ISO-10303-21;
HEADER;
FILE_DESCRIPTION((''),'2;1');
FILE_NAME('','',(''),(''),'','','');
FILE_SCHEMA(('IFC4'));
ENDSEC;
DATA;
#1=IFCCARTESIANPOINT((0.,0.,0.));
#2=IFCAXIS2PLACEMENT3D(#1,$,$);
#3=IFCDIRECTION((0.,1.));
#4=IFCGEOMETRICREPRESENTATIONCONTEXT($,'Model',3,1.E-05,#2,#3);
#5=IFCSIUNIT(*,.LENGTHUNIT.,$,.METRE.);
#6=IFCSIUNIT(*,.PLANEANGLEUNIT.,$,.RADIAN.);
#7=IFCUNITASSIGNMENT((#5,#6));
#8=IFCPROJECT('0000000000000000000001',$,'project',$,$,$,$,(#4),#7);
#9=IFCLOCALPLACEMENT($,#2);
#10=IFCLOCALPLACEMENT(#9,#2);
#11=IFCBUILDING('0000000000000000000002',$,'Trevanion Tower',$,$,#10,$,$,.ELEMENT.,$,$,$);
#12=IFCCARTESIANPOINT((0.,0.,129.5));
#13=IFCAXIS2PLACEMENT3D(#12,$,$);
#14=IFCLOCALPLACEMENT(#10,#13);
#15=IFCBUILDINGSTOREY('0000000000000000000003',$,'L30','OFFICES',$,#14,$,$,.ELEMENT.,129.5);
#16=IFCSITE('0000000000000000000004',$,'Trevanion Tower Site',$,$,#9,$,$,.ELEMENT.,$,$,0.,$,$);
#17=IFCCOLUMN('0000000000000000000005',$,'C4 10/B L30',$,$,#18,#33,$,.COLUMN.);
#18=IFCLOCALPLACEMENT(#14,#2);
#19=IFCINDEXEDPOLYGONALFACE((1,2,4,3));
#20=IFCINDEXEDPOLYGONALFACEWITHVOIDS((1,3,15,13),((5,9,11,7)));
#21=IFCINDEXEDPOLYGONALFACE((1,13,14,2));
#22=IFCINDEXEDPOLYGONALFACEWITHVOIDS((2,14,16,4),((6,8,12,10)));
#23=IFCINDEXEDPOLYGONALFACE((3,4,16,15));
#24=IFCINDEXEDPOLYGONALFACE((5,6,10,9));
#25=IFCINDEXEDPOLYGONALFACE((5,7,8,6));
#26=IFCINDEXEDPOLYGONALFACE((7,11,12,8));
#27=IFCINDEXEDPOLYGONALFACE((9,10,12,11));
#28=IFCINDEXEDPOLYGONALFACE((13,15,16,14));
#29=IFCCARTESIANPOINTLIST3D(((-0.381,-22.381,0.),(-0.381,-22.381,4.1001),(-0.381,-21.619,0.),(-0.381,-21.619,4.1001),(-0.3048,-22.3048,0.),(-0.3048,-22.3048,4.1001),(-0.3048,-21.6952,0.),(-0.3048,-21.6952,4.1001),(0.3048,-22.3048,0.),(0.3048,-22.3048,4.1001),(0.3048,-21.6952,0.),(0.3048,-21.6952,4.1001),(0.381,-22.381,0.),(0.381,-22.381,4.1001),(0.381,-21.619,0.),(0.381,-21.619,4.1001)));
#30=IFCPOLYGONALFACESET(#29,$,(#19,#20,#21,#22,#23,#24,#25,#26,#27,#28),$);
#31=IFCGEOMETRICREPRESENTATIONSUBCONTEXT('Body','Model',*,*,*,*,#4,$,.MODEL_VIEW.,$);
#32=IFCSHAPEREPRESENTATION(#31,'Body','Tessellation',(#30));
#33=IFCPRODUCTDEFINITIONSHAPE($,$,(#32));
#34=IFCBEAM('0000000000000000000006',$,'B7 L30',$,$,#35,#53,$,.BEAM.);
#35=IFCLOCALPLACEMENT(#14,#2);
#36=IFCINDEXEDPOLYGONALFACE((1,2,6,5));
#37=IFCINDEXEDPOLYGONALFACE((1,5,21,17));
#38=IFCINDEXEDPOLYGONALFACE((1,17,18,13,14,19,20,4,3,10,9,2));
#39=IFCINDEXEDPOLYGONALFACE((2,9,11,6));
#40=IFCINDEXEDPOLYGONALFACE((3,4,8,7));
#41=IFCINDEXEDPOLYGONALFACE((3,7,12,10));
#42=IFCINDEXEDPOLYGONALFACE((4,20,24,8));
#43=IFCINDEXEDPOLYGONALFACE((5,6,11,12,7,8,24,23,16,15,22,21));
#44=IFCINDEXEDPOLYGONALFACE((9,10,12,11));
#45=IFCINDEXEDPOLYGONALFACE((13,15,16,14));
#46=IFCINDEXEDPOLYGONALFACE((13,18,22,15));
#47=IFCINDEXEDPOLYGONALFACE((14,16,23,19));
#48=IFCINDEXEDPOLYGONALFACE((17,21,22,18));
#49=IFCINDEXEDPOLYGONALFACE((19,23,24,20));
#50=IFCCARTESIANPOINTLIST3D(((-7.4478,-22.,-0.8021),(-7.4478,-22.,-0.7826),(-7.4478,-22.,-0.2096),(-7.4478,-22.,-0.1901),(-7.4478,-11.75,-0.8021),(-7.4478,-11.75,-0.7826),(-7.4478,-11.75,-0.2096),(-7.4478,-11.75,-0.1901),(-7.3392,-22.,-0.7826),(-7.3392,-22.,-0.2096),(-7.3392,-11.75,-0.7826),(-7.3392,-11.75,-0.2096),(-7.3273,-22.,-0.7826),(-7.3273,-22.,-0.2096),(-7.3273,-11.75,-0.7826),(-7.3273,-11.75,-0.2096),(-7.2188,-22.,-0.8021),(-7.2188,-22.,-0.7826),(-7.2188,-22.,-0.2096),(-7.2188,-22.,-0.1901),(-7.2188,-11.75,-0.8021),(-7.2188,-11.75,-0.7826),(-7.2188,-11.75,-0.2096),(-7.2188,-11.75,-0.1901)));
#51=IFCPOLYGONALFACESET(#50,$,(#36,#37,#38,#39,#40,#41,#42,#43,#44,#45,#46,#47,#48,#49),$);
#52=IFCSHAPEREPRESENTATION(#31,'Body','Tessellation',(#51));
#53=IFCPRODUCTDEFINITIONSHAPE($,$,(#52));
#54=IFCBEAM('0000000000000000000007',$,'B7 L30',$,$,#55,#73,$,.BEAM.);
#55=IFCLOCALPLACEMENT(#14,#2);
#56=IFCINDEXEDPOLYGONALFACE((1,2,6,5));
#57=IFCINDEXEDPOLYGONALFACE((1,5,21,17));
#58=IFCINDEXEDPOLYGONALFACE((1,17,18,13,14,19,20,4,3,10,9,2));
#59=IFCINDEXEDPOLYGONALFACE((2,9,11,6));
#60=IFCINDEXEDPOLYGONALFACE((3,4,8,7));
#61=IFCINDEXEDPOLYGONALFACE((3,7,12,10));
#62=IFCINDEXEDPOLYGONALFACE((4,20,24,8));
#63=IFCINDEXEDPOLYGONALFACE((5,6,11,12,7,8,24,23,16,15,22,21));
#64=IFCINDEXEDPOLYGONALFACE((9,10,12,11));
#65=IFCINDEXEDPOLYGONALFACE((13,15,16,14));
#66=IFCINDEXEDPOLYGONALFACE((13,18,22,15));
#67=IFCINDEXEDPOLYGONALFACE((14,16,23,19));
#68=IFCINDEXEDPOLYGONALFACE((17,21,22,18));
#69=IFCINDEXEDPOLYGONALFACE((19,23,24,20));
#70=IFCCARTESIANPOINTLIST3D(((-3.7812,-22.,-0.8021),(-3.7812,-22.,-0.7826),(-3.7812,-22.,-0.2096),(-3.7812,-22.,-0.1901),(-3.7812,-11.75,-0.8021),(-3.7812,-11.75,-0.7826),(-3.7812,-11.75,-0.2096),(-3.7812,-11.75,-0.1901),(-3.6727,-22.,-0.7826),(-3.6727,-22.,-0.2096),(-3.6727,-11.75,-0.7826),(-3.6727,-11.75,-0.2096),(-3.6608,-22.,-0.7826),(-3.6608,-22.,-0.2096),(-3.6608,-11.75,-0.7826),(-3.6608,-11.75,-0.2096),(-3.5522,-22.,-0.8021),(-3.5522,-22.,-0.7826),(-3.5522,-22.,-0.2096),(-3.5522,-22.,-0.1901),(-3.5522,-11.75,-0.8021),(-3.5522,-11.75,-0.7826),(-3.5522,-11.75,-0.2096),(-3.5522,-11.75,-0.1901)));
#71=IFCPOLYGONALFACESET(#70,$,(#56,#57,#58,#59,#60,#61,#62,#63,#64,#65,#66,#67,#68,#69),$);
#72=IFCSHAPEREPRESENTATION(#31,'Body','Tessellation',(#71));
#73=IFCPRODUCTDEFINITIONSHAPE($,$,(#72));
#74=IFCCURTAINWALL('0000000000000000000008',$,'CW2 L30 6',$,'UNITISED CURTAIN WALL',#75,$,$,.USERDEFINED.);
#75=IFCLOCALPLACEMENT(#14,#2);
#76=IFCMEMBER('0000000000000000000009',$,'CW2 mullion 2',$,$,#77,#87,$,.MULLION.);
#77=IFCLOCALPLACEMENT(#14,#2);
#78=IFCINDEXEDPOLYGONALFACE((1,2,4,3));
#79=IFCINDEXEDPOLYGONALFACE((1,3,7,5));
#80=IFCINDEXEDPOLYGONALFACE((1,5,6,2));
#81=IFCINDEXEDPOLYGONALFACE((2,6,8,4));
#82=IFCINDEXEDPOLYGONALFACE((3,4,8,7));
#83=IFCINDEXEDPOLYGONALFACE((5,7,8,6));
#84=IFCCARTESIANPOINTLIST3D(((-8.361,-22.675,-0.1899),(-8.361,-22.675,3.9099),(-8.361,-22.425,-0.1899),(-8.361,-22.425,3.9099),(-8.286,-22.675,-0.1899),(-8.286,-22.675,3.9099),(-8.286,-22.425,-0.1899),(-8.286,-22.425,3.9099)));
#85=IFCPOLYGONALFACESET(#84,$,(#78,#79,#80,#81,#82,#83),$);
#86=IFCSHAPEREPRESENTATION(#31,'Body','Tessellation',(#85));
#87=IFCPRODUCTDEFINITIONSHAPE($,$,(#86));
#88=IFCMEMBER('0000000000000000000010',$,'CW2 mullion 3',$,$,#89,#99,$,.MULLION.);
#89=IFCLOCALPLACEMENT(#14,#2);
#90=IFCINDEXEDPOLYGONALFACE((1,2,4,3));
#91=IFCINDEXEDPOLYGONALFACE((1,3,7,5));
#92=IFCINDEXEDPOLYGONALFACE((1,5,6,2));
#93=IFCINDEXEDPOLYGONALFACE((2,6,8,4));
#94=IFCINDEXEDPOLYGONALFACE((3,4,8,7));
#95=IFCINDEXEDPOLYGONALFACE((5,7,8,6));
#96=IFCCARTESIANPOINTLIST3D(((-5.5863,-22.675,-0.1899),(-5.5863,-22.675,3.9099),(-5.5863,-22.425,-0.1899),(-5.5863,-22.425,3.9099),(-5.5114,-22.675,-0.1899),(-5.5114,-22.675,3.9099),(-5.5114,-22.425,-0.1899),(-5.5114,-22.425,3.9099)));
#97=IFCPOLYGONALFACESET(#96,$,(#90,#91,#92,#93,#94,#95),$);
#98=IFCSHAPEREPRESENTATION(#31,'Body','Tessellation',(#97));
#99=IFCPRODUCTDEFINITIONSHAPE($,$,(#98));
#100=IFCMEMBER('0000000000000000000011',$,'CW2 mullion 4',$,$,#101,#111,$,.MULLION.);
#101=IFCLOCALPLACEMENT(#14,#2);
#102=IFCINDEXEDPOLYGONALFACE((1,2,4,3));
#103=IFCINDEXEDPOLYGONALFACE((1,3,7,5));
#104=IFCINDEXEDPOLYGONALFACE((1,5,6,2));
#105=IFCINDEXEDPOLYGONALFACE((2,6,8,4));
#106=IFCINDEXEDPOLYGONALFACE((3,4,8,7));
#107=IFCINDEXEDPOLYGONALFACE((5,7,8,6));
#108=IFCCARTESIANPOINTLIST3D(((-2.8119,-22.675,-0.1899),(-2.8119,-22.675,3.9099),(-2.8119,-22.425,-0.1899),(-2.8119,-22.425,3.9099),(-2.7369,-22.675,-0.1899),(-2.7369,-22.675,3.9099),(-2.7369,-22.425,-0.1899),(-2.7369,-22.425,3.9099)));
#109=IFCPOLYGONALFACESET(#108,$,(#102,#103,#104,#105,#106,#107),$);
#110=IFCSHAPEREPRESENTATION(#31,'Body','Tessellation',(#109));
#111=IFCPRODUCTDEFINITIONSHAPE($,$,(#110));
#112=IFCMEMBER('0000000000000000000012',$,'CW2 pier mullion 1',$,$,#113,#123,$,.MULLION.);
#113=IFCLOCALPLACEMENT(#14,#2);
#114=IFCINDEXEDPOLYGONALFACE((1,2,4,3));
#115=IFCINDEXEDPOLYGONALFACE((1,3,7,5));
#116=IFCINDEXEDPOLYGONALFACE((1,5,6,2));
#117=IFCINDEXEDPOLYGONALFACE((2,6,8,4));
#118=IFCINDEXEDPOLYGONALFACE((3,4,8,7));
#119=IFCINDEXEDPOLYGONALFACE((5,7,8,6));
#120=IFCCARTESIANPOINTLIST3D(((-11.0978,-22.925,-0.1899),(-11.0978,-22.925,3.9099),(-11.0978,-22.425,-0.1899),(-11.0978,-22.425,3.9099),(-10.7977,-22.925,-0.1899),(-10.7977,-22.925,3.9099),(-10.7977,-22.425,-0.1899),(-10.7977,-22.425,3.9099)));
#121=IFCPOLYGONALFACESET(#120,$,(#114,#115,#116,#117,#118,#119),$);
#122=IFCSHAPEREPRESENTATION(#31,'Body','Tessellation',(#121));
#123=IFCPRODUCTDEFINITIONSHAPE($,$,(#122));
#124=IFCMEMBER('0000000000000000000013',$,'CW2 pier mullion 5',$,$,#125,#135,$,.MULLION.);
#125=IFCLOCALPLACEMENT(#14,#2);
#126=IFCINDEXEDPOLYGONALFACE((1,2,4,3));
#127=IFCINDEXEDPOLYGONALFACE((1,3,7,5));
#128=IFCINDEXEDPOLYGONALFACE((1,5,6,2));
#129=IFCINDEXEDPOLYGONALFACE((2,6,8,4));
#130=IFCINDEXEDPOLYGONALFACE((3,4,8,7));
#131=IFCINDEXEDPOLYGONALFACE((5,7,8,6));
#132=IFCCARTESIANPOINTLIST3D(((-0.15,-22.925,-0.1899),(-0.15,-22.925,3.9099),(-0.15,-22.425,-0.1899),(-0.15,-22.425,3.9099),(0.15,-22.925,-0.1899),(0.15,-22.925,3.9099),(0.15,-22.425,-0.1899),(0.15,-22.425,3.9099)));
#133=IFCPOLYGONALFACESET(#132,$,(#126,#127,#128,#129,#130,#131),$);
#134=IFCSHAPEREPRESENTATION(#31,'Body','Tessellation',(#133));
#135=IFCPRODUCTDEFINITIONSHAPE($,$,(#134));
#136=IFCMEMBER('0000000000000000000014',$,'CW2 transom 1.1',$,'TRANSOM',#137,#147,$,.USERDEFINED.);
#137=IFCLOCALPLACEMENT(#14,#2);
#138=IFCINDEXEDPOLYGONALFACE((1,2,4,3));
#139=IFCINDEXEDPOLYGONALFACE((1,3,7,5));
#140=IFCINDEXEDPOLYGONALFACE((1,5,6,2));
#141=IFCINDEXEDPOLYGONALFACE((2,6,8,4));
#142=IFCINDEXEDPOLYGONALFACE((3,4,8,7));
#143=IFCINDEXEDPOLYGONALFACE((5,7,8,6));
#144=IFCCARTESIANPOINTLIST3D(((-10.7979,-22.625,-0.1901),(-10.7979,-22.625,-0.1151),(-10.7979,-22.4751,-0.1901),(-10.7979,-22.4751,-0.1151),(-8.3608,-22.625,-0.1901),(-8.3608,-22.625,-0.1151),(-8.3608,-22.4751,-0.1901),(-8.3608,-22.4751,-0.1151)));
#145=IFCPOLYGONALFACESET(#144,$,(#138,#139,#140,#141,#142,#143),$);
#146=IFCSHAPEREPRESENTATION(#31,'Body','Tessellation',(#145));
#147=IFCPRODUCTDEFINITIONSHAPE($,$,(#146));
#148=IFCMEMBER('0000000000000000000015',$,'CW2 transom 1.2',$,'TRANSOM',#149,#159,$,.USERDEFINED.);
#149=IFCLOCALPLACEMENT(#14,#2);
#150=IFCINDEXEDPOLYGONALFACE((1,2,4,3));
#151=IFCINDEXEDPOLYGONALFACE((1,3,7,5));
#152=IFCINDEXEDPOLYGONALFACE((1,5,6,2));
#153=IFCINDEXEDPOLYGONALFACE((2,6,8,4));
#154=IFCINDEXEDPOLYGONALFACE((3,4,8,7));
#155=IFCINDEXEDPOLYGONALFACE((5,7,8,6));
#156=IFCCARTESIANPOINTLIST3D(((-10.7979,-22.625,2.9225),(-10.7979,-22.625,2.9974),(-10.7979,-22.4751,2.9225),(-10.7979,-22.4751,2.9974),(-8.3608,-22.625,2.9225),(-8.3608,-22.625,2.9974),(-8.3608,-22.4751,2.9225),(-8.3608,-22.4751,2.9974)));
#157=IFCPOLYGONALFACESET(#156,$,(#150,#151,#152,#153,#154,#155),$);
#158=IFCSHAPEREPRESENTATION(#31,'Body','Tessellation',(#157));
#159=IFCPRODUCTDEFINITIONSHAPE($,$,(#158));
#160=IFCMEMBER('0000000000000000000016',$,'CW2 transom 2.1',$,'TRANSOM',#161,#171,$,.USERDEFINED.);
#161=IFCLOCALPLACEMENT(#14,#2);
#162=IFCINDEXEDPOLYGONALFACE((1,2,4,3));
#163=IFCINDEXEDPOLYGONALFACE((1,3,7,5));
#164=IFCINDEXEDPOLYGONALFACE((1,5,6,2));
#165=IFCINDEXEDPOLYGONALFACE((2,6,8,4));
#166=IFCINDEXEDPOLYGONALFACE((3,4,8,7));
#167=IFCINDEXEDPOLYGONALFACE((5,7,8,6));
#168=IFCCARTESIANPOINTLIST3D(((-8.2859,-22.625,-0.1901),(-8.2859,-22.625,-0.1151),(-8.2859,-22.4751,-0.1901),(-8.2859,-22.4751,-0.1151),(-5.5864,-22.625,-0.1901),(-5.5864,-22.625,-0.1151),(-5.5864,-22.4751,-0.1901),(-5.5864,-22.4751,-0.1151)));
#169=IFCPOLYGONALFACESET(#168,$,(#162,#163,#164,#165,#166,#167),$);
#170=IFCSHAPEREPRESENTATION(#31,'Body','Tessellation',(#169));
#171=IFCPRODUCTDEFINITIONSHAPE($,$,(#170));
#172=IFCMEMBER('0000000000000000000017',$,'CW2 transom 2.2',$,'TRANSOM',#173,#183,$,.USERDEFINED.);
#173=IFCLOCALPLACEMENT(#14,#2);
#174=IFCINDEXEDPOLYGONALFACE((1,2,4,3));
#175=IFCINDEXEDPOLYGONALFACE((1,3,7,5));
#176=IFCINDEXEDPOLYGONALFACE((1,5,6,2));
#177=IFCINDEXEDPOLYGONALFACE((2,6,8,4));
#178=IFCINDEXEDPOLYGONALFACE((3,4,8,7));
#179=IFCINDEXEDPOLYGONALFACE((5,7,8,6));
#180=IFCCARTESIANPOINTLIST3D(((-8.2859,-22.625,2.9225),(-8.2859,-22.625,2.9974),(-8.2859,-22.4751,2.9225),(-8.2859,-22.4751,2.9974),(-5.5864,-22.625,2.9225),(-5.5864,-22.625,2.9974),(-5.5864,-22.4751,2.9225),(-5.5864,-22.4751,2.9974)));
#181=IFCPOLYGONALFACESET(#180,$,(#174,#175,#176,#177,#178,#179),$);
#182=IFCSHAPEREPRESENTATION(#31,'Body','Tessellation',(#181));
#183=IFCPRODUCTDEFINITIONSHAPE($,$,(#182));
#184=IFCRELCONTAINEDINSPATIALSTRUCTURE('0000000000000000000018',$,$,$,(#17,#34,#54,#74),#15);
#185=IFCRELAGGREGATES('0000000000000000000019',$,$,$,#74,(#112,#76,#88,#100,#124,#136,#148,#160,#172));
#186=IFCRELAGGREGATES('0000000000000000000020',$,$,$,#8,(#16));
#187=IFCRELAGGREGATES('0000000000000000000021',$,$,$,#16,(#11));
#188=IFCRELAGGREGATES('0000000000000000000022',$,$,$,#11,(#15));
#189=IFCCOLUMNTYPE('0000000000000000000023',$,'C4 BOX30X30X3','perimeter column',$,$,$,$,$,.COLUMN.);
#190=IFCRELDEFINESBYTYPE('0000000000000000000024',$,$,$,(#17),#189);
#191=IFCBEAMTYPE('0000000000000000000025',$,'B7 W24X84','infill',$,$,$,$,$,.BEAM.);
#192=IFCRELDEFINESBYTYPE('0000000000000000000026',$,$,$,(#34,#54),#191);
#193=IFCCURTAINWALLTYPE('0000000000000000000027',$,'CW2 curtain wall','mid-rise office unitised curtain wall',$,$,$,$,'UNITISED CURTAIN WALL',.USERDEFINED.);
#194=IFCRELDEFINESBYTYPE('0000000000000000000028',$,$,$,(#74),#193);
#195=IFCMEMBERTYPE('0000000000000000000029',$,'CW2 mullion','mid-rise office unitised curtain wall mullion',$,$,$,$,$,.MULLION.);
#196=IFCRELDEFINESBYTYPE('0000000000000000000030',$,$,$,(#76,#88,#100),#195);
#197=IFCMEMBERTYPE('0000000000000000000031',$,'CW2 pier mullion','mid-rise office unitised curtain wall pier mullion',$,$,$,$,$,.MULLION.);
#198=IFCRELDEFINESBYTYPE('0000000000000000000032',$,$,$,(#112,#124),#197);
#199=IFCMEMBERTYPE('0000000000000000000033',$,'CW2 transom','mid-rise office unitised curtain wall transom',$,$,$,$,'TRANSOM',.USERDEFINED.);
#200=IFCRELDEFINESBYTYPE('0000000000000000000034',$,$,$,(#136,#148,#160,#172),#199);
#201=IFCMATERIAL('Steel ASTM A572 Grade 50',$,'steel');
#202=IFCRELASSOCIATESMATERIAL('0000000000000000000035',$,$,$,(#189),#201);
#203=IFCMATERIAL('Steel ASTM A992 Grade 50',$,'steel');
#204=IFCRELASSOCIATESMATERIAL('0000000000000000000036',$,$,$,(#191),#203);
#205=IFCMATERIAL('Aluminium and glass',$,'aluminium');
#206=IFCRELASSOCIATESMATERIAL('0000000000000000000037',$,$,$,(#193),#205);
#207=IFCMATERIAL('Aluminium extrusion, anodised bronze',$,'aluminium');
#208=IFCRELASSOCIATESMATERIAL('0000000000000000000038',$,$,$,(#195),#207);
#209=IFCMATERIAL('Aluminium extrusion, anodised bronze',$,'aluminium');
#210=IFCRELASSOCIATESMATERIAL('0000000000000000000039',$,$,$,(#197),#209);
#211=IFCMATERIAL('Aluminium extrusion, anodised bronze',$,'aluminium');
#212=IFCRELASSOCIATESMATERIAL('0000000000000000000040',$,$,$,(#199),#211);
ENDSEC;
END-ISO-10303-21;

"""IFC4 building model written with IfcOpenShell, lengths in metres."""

from ifc_helpers import new_model, si_unit, direction, frame, origin, origin_2d, place, context, subcontext, project, spatial, rectangle, hollow_rectangle, i_section, extrude, material, material_profile, profile_set, type_object, element, aggregate, save


model = new_model("IFC4")

# Units and contexts
model_context = context("Model", 3, precision=1e-05, world=origin(), true_north=direction((0.0, 1.0)))
body_context = subcontext(model_context, "Body", "Model", "MODEL_VIEW")
ifc_project = project(units=[si_unit("LENGTHUNIT", "METRE"), si_unit("PLANEANGLEUNIT", "RADIAN")], contexts=[model_context])

# Site, building, storey
site_placement = place(None, origin())
site = spatial("IfcSite", under=ifc_project, at=site_placement, Name="Trevanion Tower Site", CompositionType="ELEMENT", RefElevation=0.0)
building_placement = place(site_placement, origin())
building = spatial("IfcBuilding", under=site, at=building_placement, Name="Trevanion Tower", CompositionType="ELEMENT")
storey_placement = place(building_placement, frame((0.0, 0.0, 129.5)))
storey = spatial("IfcBuildingStorey", under=building, at=storey_placement, Name="L30", Description="OFFICES", CompositionType="ELEMENT", Elevation=129.5)

# Column
ifc_material_1 = material(Name="Steel ASTM A572 Grade 50", Category="steel")
ifc_material_profile_1 = material_profile(ifc_material_1, hollow_rectangle(XDim=0.762, YDim=0.762, WallThickness=0.0762, at=origin_2d()), Name="BOX30X30X3")
ifc_profile_set_1 = profile_set([ifc_material_profile_1], Name="Steel ASTM A572 Grade 50")
column_type = type_object("IfcColumnType", Name="C4 BOX30X30X3", Description="perimeter column", PredefinedType="COLUMN", material=ifc_profile_set_1)
column_placement = place(storey_placement, frame((0.0, -22.0, 0.0), z_axis=(0.0, 0.0, 1.0), x_axis=(1.0, 0.0, 0.0)))
element("IfcColumn", 1, at=column_placement, inside=storey, type_object=column_type, Name="C4 10/B L30", PredefinedType="COLUMN", context=body_context, shape_type="SweptSolid", body=[
    extrude(hollow_rectangle(XDim=0.762, YDim=0.762, WallThickness=0.0762, at=origin_2d()), origin(), (0.0, 0.0, 1.0), 4.1001),
])

# Beams
ifc_material_2 = material(Name="Steel ASTM A992 Grade 50", Category="steel")
ifc_material_profile_2 = material_profile(ifc_material_2, i_section(OverallWidth=0.229, OverallDepth=0.6121, WebThickness=0.012, FlangeThickness=0.0195, at=origin_2d()), Name="W24X84")
ifc_profile_set_2 = profile_set([ifc_material_profile_2], Name="Steel ASTM A992 Grade 50")
beam_type_1 = type_object("IfcBeamType", Name="B7 W24X84", Description="infill", PredefinedType="BEAM", material=ifc_profile_set_2)
for number, where, z_axis, x_axis, name in (
    (2, (-7.3333, -11.75, -0.4961), (0.0, -1.0, 0.0), (1.0, 0.0, 0.0), "B7 L30"),
    (3, (-3.6667, -11.75, -0.4961), (0.0, -1.0, 0.0), (1.0, 0.0, 0.0), "B7 L30"),
):
    element("IfcBeam", number, at=place(storey_placement, frame(where, z_axis=z_axis, x_axis=x_axis)), inside=storey, type_object=beam_type_1, Name=name, PredefinedType="BEAM", context=body_context, shape_type="SweptSolid", body=[
        extrude(i_section(OverallWidth=0.229, OverallDepth=0.6121, WebThickness=0.012, FlangeThickness=0.0195, at=origin_2d()), origin(), (0.0, 0.0, 1.0), 10.25),
    ])

# Curtain wall, members
ifc_material_3 = material(Name="Aluminium and glass", Category="aluminium")
curtain_wall_type = type_object("IfcCurtainWallType", Name="CW2 curtain wall", Description="mid-rise office unitised curtain wall", ElementType="UNITISED CURTAIN WALL", PredefinedType="USERDEFINED", material=ifc_material_3)
curtain_wall_placement = place(storey_placement, origin())
curtain_wall = element("IfcCurtainWall", 4, at=curtain_wall_placement, inside=storey, type_object=curtain_wall_type, Name="CW2 L30 6", ObjectType="UNITISED CURTAIN WALL", PredefinedType="USERDEFINED")
ifc_material_4 = material(Name="Aluminium extrusion, anodised bronze", Category="aluminium")
ifc_material_profile_3 = material_profile(ifc_material_4, rectangle(XDim=0.075, YDim=0.25, at=origin_2d()), Name="CW2 mullion")
ifc_profile_set_3 = profile_set([ifc_material_profile_3], Name="Aluminium extrusion, anodised bronze")
member_type_1 = type_object("IfcMemberType", Name="CW2 mullion", Description="mid-rise office unitised curtain wall mullion", PredefinedType="MULLION", material=ifc_profile_set_3)
member_1_placement = place(storey_placement, frame((-8.3235, -22.55, -0.1899), z_axis=(0.0, 0.0, 1.0), x_axis=(1.0, 0.0, 0.0)))
member_1 = element("IfcMember", 5, at=member_1_placement, type_object=member_type_1, Name="CW2 mullion 2", PredefinedType="MULLION", context=body_context, shape_type="SweptSolid", body=[
    extrude(rectangle(XDim=0.075, YDim=0.25, at=origin_2d()), origin(), (0.0, 0.0, 1.0), 4.0999),
])
member_2_placement = place(storey_placement, frame((-5.5488, -22.55, -0.1899), z_axis=(0.0, 0.0, 1.0), x_axis=(1.0, 0.0, 0.0)))
member_2 = element("IfcMember", 6, at=member_2_placement, type_object=member_type_1, Name="CW2 mullion 3", PredefinedType="MULLION", context=body_context, shape_type="SweptSolid", body=[
    extrude(rectangle(XDim=0.075, YDim=0.25, at=origin_2d()), origin(), (0.0, 0.0, 1.0), 4.0999),
])
member_3_placement = place(storey_placement, frame((-2.7744, -22.55, -0.1899), z_axis=(0.0, 0.0, 1.0), x_axis=(1.0, 0.0, 0.0)))
member_3 = element("IfcMember", 7, at=member_3_placement, type_object=member_type_1, Name="CW2 mullion 4", PredefinedType="MULLION", context=body_context, shape_type="SweptSolid", body=[
    extrude(rectangle(XDim=0.075, YDim=0.25, at=origin_2d()), origin(), (0.0, 0.0, 1.0), 4.0999),
])
ifc_material_5 = material(Name="Aluminium extrusion, anodised bronze", Category="aluminium")
ifc_material_profile_4 = material_profile(ifc_material_5, rectangle(XDim=0.3, YDim=0.5, at=origin_2d()), Name="CW2 pier mullion")
ifc_profile_set_4 = profile_set([ifc_material_profile_4], Name="Aluminium extrusion, anodised bronze")
member_type_2 = type_object("IfcMemberType", Name="CW2 pier mullion", Description="mid-rise office unitised curtain wall pier mullion", PredefinedType="MULLION", material=ifc_profile_set_4)
member_4_placement = place(storey_placement, frame((-10.9478, -22.675, -0.1899), z_axis=(0.0, 0.0, 1.0), x_axis=(1.0, 0.0, 0.0)))
member_4 = element("IfcMember", 8, at=member_4_placement, type_object=member_type_2, Name="CW2 pier mullion 1", PredefinedType="MULLION", context=body_context, shape_type="SweptSolid", body=[
    extrude(rectangle(XDim=0.3, YDim=0.5, at=origin_2d()), origin(), (0.0, 0.0, 1.0), 4.0999),
])
member_5_placement = place(storey_placement, frame((0.0, -22.675, -0.1899), z_axis=(0.0, 0.0, 1.0), x_axis=(1.0, 0.0, 0.0)))
member_5 = element("IfcMember", 9, at=member_5_placement, type_object=member_type_2, Name="CW2 pier mullion 5", PredefinedType="MULLION", context=body_context, shape_type="SweptSolid", body=[
    extrude(rectangle(XDim=0.3, YDim=0.5, at=origin_2d()), origin(), (0.0, 0.0, 1.0), 4.0999),
])
ifc_material_6 = material(Name="Aluminium extrusion, anodised bronze", Category="aluminium")
ifc_material_profile_5 = material_profile(ifc_material_6, rectangle(XDim=0.1499, YDim=0.075, at=origin_2d()), Name="CW2 transom")
ifc_profile_set_5 = profile_set([ifc_material_profile_5], Name="Aluminium extrusion, anodised bronze")
member_type_3 = type_object("IfcMemberType", Name="CW2 transom", Description="mid-rise office unitised curtain wall transom", ElementType="TRANSOM", PredefinedType="USERDEFINED", material=ifc_profile_set_5)
member_6_placement = place(storey_placement, frame((-10.7979, -22.55, -0.1526), z_axis=(1.0, 0.0, 0.0), x_axis=(0.0, 1.0, 0.0)))
member_6 = element("IfcMember", 10, at=member_6_placement, type_object=member_type_3, Name="CW2 transom 1.1", ObjectType="TRANSOM", PredefinedType="USERDEFINED", context=body_context, shape_type="SweptSolid", body=[
    extrude(rectangle(XDim=0.1499, YDim=0.075, at=origin_2d()), origin(), (0.0, 0.0, 1.0), 2.437),
])
member_7_placement = place(storey_placement, frame((-10.7979, -22.55, 2.96), z_axis=(1.0, 0.0, 0.0), x_axis=(0.0, 1.0, 0.0)))
member_7 = element("IfcMember", 11, at=member_7_placement, type_object=member_type_3, Name="CW2 transom 1.2", ObjectType="TRANSOM", PredefinedType="USERDEFINED", context=body_context, shape_type="SweptSolid", body=[
    extrude(rectangle(XDim=0.1499, YDim=0.075, at=origin_2d()), origin(), (0.0, 0.0, 1.0), 2.437),
])
member_8_placement = place(storey_placement, frame((-8.2859, -22.55, -0.1526), z_axis=(1.0, 0.0, 0.0), x_axis=(0.0, 1.0, 0.0)))
member_8 = element("IfcMember", 12, at=member_8_placement, type_object=member_type_3, Name="CW2 transom 2.1", ObjectType="TRANSOM", PredefinedType="USERDEFINED", context=body_context, shape_type="SweptSolid", body=[
    extrude(rectangle(XDim=0.1499, YDim=0.075, at=origin_2d()), origin(), (0.0, 0.0, 1.0), 2.6995),
])
member_9_placement = place(storey_placement, frame((-8.2859, -22.55, 2.96), z_axis=(1.0, 0.0, 0.0), x_axis=(0.0, 1.0, 0.0)))
member_9 = element("IfcMember", 13, at=member_9_placement, type_object=member_type_3, Name="CW2 transom 2.2", ObjectType="TRANSOM", PredefinedType="USERDEFINED", context=body_context, shape_type="SweptSolid", body=[
    extrude(rectangle(XDim=0.1499, YDim=0.075, at=origin_2d()), origin(), (0.0, 0.0, 1.0), 2.6995),
])

aggregate(curtain_wall, [member_4, member_1, member_2, member_3, member_5, member_6, member_7, member_8, member_9])

save(model, "model.ifc")
